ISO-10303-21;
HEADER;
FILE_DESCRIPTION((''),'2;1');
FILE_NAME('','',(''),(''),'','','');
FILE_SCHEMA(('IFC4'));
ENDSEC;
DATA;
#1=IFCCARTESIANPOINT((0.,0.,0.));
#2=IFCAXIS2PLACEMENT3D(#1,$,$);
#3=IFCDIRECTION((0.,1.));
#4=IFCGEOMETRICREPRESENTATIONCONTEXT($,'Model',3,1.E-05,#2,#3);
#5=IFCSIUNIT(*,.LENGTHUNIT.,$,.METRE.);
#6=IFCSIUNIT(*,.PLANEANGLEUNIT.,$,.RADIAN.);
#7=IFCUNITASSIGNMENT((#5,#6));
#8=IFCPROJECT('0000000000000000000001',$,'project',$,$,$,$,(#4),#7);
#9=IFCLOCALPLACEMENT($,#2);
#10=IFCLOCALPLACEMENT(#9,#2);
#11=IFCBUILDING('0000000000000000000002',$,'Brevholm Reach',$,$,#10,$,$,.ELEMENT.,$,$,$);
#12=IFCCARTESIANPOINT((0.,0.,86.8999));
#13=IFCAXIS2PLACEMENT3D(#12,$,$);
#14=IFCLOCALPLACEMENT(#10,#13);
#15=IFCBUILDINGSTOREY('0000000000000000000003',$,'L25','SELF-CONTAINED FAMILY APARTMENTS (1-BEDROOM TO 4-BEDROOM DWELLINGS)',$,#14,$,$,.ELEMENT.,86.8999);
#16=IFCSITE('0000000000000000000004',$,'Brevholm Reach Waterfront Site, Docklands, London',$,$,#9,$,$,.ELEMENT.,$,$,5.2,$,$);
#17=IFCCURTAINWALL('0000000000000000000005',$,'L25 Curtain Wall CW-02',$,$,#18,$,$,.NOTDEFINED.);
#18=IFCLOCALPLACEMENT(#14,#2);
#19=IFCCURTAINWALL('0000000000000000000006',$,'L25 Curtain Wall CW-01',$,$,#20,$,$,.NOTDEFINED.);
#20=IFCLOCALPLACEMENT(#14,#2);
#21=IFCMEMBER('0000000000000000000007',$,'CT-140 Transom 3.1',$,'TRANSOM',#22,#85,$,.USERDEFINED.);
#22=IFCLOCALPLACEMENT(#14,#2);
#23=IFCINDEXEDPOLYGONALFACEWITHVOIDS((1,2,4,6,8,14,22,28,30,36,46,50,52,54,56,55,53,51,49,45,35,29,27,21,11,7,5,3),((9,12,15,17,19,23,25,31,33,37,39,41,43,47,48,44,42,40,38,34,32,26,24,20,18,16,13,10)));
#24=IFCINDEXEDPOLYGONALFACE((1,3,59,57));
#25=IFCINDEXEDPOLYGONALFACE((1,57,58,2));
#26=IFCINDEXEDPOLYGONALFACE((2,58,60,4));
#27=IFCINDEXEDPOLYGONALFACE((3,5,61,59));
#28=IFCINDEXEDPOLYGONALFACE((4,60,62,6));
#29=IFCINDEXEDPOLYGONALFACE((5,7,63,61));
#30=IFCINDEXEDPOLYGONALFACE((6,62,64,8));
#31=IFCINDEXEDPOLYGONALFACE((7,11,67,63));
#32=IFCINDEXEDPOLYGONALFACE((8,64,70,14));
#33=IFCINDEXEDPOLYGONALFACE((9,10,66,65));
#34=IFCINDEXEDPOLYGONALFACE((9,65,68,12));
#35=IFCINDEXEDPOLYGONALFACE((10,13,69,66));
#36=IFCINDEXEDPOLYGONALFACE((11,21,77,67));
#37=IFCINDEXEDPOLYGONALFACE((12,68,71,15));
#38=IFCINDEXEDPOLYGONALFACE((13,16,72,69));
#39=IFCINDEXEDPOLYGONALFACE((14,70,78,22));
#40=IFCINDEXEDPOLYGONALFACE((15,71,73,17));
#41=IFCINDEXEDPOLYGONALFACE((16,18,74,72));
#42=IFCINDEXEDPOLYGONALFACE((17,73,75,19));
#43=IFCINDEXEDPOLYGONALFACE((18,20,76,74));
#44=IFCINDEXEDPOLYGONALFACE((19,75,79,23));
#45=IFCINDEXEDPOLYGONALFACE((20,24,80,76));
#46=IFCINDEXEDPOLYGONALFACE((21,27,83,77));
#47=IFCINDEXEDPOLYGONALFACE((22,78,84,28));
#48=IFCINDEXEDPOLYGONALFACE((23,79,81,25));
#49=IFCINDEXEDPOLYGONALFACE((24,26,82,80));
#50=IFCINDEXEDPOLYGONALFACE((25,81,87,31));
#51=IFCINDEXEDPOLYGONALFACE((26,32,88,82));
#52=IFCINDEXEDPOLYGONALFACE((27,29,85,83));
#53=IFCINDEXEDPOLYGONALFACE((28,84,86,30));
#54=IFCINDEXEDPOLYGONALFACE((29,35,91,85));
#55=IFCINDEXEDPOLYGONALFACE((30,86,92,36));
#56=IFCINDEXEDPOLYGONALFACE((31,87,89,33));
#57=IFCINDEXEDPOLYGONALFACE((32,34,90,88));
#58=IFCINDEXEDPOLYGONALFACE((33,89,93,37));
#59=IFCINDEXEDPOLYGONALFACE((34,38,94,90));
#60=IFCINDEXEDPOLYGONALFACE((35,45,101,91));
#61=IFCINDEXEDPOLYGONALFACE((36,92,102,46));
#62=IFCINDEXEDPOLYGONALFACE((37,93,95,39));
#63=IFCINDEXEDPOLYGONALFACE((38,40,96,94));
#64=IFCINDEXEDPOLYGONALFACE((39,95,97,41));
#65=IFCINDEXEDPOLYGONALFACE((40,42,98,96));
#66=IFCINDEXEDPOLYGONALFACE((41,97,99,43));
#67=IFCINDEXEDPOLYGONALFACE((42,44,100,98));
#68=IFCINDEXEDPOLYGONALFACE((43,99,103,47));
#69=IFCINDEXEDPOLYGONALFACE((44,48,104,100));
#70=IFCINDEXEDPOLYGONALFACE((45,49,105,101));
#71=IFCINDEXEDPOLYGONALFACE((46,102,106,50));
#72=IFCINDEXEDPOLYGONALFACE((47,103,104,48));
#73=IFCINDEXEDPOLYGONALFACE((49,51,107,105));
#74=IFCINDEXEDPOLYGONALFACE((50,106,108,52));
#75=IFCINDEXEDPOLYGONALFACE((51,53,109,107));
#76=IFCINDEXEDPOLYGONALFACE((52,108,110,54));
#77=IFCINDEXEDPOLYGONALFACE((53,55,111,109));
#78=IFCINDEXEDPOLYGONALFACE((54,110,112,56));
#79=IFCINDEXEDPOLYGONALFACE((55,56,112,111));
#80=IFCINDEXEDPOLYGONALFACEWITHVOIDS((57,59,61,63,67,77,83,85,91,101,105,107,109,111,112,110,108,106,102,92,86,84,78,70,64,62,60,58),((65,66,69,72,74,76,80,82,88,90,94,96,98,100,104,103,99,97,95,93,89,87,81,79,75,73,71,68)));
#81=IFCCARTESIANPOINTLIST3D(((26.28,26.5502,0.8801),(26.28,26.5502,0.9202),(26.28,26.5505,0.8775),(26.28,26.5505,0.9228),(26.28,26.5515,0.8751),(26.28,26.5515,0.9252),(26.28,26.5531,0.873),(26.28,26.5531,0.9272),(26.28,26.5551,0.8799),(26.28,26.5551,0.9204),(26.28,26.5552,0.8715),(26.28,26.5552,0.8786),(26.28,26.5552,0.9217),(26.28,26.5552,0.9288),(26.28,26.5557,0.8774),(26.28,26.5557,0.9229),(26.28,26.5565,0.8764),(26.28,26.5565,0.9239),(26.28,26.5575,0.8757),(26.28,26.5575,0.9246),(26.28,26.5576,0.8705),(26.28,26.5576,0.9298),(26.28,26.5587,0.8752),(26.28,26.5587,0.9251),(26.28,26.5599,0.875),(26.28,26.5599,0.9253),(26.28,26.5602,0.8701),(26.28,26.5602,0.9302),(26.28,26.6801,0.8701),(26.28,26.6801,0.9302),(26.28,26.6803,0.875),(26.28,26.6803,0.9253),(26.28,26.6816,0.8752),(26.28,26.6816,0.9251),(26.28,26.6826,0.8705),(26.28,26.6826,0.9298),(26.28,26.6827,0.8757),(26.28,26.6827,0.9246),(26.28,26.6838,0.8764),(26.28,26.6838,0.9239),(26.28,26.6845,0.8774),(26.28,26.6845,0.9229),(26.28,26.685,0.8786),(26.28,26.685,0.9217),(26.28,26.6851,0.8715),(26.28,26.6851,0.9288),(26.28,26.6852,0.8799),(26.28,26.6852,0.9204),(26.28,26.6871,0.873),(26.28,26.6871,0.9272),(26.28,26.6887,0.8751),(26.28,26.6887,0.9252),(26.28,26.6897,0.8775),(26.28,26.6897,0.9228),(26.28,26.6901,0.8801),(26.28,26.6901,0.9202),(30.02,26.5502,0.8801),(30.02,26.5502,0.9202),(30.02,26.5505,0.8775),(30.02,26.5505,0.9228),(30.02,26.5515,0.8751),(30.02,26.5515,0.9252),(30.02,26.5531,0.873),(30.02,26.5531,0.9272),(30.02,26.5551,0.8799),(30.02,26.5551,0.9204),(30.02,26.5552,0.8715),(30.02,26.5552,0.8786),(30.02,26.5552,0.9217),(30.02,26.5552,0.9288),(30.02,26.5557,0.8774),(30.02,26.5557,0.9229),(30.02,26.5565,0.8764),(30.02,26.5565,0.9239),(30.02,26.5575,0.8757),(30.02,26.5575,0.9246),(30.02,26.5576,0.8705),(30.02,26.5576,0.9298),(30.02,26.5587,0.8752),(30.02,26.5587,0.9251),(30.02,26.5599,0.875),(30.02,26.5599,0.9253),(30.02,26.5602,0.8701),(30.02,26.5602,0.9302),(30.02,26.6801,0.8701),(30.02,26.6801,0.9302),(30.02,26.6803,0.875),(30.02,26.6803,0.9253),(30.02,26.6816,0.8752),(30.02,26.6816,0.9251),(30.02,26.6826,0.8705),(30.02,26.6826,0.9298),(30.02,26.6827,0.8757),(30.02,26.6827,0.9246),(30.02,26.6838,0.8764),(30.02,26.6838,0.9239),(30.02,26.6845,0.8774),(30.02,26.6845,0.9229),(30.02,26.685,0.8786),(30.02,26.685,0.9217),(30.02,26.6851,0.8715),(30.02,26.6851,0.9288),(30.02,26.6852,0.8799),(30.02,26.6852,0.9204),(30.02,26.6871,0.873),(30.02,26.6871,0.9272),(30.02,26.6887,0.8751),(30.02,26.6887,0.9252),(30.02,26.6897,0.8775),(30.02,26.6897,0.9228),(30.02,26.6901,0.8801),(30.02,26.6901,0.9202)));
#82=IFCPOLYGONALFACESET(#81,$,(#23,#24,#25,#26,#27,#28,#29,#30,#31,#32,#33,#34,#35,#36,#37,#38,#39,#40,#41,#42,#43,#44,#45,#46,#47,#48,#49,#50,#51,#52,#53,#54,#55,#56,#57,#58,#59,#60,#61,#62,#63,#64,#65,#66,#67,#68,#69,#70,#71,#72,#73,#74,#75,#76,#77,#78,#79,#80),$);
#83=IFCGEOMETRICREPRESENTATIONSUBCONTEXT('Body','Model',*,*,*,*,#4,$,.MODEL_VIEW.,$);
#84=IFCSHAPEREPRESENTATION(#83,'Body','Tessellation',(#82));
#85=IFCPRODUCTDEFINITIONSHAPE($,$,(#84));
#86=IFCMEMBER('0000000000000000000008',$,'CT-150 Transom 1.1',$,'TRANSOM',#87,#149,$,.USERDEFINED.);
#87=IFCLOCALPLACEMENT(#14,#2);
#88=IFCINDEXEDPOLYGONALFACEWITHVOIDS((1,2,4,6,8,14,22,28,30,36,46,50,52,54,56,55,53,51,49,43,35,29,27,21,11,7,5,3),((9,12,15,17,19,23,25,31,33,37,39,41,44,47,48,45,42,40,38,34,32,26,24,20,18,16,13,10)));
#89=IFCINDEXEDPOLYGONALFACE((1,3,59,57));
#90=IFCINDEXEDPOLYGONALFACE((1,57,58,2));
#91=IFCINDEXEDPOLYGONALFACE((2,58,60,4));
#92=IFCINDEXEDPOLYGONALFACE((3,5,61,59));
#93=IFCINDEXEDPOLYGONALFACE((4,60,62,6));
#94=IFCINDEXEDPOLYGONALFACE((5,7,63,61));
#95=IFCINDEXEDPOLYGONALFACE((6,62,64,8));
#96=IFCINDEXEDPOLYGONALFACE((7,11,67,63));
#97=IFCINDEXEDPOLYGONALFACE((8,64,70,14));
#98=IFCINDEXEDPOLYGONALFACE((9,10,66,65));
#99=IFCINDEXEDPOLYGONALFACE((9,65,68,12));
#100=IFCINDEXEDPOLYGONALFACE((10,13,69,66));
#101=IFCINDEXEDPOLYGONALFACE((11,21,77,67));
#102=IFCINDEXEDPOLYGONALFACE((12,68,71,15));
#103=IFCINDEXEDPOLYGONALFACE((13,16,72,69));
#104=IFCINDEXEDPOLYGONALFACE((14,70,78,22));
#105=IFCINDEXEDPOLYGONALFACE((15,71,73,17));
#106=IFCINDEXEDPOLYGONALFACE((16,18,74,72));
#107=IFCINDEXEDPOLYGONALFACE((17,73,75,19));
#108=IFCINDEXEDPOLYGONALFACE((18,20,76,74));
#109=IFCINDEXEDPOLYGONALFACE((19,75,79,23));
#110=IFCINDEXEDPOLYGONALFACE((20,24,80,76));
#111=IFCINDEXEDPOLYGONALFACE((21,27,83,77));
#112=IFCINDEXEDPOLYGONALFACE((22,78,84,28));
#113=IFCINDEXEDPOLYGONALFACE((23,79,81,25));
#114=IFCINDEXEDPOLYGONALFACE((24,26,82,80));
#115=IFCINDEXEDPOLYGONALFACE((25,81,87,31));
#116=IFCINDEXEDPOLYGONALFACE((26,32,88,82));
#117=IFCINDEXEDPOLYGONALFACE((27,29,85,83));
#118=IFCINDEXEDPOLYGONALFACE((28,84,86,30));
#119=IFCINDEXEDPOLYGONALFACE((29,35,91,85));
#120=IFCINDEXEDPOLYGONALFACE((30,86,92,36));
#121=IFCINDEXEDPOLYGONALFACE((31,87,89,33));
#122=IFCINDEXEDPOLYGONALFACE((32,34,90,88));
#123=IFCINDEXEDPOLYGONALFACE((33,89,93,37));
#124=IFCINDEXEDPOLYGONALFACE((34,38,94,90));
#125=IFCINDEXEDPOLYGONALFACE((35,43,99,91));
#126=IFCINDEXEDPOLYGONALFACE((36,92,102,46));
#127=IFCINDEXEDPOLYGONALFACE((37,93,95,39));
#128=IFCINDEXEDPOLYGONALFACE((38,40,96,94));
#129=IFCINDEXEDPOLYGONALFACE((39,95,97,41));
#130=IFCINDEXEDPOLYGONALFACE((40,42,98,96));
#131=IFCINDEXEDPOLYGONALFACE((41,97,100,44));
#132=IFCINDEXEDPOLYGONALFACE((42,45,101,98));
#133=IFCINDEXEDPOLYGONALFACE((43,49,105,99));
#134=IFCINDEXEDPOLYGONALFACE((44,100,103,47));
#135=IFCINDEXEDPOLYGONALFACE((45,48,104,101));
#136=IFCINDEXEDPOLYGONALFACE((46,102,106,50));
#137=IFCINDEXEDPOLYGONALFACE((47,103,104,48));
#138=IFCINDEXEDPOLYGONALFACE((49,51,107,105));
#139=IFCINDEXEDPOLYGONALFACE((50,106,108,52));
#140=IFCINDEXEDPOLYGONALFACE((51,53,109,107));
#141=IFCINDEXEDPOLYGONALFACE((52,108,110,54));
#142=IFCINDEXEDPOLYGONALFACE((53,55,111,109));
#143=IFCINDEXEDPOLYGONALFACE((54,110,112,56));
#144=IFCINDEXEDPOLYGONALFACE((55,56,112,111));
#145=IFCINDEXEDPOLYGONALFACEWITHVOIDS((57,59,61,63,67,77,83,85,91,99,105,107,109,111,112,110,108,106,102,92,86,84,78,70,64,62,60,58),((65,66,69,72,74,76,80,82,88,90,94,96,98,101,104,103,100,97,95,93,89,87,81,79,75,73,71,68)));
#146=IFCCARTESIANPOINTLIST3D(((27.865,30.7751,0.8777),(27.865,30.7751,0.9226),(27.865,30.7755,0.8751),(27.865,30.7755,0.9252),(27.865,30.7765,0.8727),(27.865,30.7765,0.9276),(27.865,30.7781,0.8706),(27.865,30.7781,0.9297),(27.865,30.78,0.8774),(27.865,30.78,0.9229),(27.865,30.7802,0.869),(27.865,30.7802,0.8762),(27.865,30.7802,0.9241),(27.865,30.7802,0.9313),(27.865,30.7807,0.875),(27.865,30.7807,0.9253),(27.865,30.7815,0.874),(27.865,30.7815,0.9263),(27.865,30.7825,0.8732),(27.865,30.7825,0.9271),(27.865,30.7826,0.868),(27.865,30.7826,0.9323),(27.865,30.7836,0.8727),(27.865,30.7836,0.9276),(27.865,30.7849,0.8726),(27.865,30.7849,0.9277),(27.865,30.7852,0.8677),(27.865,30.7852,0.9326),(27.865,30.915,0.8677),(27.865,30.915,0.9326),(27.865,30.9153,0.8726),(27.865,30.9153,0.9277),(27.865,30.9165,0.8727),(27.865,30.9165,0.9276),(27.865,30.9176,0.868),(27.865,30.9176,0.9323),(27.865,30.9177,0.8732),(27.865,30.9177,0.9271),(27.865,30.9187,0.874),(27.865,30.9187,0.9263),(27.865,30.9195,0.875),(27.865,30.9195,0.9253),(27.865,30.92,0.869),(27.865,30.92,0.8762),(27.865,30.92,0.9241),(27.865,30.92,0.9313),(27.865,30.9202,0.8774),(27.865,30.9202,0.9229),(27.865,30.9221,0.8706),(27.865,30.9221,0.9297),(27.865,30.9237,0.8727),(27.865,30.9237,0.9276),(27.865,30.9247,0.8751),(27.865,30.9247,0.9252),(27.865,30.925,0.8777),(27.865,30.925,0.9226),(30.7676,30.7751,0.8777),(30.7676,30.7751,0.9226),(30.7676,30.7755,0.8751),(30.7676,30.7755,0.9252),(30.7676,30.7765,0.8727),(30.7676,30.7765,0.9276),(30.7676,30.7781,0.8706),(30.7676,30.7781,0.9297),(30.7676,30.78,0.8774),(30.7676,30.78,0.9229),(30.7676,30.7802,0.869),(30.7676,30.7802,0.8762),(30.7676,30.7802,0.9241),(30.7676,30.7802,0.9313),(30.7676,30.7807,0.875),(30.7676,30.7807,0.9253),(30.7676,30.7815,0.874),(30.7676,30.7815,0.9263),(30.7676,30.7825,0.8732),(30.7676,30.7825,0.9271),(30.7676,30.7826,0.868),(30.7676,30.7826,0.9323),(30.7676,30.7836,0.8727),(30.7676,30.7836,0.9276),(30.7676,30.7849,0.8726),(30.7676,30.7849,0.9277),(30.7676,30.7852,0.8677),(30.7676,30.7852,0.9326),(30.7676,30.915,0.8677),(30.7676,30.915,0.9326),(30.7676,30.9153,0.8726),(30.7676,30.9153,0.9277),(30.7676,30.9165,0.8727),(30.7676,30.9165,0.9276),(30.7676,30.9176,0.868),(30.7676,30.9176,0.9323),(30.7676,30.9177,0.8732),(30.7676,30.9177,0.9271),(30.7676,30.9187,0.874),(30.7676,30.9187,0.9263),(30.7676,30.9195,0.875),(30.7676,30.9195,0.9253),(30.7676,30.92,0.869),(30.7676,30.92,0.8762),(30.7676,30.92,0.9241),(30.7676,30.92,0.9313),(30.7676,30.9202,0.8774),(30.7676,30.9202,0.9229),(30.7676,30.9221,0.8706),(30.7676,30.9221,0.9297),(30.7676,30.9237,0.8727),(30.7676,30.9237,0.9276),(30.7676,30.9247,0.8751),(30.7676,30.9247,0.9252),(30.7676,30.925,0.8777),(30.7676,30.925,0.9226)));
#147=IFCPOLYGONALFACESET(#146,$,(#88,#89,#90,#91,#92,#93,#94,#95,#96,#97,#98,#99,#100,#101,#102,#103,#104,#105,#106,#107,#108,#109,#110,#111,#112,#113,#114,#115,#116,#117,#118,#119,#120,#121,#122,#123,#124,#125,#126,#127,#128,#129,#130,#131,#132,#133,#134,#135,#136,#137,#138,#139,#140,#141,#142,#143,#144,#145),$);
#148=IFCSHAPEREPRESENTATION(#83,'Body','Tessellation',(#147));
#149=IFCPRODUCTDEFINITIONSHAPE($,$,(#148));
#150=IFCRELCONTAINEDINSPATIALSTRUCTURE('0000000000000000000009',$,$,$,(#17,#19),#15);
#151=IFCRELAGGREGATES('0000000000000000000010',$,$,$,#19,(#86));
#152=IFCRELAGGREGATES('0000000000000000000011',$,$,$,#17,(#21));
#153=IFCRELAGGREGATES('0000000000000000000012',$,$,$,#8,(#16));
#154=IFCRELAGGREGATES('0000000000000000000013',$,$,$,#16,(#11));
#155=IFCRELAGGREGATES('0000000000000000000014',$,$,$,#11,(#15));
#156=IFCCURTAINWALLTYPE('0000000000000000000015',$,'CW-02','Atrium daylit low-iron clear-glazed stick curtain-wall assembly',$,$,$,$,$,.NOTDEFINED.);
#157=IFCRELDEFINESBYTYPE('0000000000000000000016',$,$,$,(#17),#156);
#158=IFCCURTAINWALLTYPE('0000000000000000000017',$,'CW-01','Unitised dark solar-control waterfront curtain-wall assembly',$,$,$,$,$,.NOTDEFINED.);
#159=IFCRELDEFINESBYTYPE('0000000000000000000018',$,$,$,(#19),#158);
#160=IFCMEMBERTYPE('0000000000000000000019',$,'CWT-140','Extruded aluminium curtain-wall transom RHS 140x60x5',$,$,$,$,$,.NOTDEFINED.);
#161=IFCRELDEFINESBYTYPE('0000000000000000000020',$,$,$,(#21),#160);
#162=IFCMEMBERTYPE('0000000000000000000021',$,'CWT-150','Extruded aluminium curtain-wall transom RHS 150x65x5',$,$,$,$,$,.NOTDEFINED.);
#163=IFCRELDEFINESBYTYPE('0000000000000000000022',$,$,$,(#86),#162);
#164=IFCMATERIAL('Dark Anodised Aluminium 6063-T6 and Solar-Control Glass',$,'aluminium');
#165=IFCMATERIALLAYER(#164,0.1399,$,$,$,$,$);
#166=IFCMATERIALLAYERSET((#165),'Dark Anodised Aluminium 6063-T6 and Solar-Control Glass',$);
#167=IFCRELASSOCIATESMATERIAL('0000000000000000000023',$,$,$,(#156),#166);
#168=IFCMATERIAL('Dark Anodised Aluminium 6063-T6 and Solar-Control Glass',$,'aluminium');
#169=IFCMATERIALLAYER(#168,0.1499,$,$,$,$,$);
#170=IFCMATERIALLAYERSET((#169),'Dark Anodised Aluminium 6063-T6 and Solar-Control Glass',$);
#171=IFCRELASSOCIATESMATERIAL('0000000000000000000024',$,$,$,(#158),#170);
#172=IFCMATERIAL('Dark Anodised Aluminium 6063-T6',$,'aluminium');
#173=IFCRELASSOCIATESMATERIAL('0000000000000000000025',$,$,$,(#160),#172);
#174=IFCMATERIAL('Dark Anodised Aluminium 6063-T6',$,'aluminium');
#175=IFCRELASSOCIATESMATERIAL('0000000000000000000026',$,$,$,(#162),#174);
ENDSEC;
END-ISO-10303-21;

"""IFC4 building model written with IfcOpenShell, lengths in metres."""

from ifc_helpers import new_model, si_unit, direction, frame, origin, origin_2d, place, context, subcontext, project, spatial, hollow_rectangle, extrude, material, layer, layer_set, material_profile, profile_set, type_object, element, aggregate, save


model = new_model("IFC4")

# Units and contexts
model_context = context("Model", 3, precision=1e-05, world=origin(), true_north=direction((0.0, 1.0)))
body_context = subcontext(model_context, "Body", "Model", "MODEL_VIEW")
ifc_project = project(units=[si_unit("LENGTHUNIT", "METRE"), si_unit("PLANEANGLEUNIT", "RADIAN")], contexts=[model_context])

# Site, building, storey
site_placement = place(None, origin())
site = spatial("IfcSite", under=ifc_project, at=site_placement, Name="Brevholm Reach Waterfront Site, Docklands, London", CompositionType="ELEMENT", RefElevation=5.2)
building_placement = place(site_placement, origin())
building = spatial("IfcBuilding", under=site, at=building_placement, Name="Brevholm Reach", CompositionType="ELEMENT")
storey_placement = place(building_placement, frame((0.0, 0.0, 86.8999)))
storey = spatial("IfcBuildingStorey", under=building, at=storey_placement, Name="L25", Description="SELF-CONTAINED FAMILY APARTMENTS (1-BEDROOM TO 4-BEDROOM DWELLINGS)", CompositionType="ELEMENT", Elevation=86.8999)

# Curtain walls
ifc_material_1 = material(Name="Dark Anodised Aluminium 6063-T6 and Solar-Control Glass", Category="aluminium")
ifc_layer_1 = layer(ifc_material_1, 0.1399)
ifc_layer_set_1 = layer_set([ifc_layer_1], Name="Dark Anodised Aluminium 6063-T6 and Solar-Control Glass")
curtain_wall_type_1 = type_object("IfcCurtainWallType", Name="CW-02", Description="Atrium daylit low-iron clear-glazed stick curtain-wall assembly", PredefinedType="NOTDEFINED", material=ifc_layer_set_1)
curtain_wall_1_placement = place(storey_placement, origin())
curtain_wall_1 = element("IfcCurtainWall", 1, at=curtain_wall_1_placement, inside=storey, type_object=curtain_wall_type_1, Name="L25 Curtain Wall CW-02", PredefinedType="NOTDEFINED")
ifc_material_2 = material(Name="Dark Anodised Aluminium 6063-T6 and Solar-Control Glass", Category="aluminium")
ifc_layer_2 = layer(ifc_material_2, 0.1499)
ifc_layer_set_2 = layer_set([ifc_layer_2], Name="Dark Anodised Aluminium 6063-T6 and Solar-Control Glass")
curtain_wall_type_2 = type_object("IfcCurtainWallType", Name="CW-01", Description="Unitised dark solar-control waterfront curtain-wall assembly", PredefinedType="NOTDEFINED", material=ifc_layer_set_2)
curtain_wall_2_placement = place(storey_placement, origin())
curtain_wall_2 = element("IfcCurtainWall", 2, at=curtain_wall_2_placement, inside=storey, type_object=curtain_wall_type_2, Name="L25 Curtain Wall CW-01", PredefinedType="NOTDEFINED")

# Members
ifc_material_3 = material(Name="Dark Anodised Aluminium 6063-T6", Category="aluminium")
ifc_material_profile_1 = material_profile(ifc_material_3, hollow_rectangle(XDim=0.0601, YDim=0.1399, WallThickness=0.0049, InnerFilletRadius=0.0049, OuterFilletRadius=0.01, at=origin_2d()), Name="RHS 140x60x5")
ifc_profile_set_1 = profile_set([ifc_material_profile_1], Name="Dark Anodised Aluminium 6063-T6")
member_type_1 = type_object("IfcMemberType", Name="CWT-140", Description="Extruded aluminium curtain-wall transom RHS 140x60x5", PredefinedType="NOTDEFINED", material=ifc_profile_set_1)
member_1_placement = place(storey_placement, frame((30.02, 26.6201, 0.9001), z_axis=(-1.0, 0.0, 0.0), x_axis=(0.0, 0.0, 1.0)))
member_1 = element("IfcMember", 3, at=member_1_placement, type_object=member_type_1, Name="CT-140 Transom 3.1", ObjectType="TRANSOM", PredefinedType="USERDEFINED", context=body_context, shape_type="SweptSolid", body=[
    extrude(hollow_rectangle(XDim=0.0601, YDim=0.1399, WallThickness=0.0049, InnerFilletRadius=0.0049, OuterFilletRadius=0.01, at=origin_2d()), origin(), (0.0, 0.0, 1.0), 3.74),
])
ifc_material_4 = material(Name="Dark Anodised Aluminium 6063-T6", Category="aluminium")
ifc_material_profile_2 = material_profile(ifc_material_4, hollow_rectangle(XDim=0.0649, YDim=0.1499, WallThickness=0.0049, InnerFilletRadius=0.0049, OuterFilletRadius=0.01, at=origin_2d()), Name="RHS 150x65x5")
ifc_profile_set_2 = profile_set([ifc_material_profile_2], Name="Dark Anodised Aluminium 6063-T6")
member_type_2 = type_object("IfcMemberType", Name="CWT-150", Description="Extruded aluminium curtain-wall transom RHS 150x65x5", PredefinedType="NOTDEFINED", material=ifc_profile_set_2)
member_2_placement = place(storey_placement, frame((27.865, 30.8501, 0.9001), z_axis=(1.0, 0.0, 0.0), x_axis=(0.0, 0.0, 1.0)))
member_2 = element("IfcMember", 4, at=member_2_placement, type_object=member_type_2, Name="CT-150 Transom 1.1", ObjectType="TRANSOM", PredefinedType="USERDEFINED", context=body_context, shape_type="SweptSolid", body=[
    extrude(hollow_rectangle(XDim=0.0649, YDim=0.1499, WallThickness=0.0049, InnerFilletRadius=0.0049, OuterFilletRadius=0.01, at=origin_2d()), origin(), (0.0, 0.0, 1.0), 2.9026),
])

aggregate(curtain_wall_2, [member_2])
aggregate(curtain_wall_1, [member_1])

save(model, "model.ifc")
